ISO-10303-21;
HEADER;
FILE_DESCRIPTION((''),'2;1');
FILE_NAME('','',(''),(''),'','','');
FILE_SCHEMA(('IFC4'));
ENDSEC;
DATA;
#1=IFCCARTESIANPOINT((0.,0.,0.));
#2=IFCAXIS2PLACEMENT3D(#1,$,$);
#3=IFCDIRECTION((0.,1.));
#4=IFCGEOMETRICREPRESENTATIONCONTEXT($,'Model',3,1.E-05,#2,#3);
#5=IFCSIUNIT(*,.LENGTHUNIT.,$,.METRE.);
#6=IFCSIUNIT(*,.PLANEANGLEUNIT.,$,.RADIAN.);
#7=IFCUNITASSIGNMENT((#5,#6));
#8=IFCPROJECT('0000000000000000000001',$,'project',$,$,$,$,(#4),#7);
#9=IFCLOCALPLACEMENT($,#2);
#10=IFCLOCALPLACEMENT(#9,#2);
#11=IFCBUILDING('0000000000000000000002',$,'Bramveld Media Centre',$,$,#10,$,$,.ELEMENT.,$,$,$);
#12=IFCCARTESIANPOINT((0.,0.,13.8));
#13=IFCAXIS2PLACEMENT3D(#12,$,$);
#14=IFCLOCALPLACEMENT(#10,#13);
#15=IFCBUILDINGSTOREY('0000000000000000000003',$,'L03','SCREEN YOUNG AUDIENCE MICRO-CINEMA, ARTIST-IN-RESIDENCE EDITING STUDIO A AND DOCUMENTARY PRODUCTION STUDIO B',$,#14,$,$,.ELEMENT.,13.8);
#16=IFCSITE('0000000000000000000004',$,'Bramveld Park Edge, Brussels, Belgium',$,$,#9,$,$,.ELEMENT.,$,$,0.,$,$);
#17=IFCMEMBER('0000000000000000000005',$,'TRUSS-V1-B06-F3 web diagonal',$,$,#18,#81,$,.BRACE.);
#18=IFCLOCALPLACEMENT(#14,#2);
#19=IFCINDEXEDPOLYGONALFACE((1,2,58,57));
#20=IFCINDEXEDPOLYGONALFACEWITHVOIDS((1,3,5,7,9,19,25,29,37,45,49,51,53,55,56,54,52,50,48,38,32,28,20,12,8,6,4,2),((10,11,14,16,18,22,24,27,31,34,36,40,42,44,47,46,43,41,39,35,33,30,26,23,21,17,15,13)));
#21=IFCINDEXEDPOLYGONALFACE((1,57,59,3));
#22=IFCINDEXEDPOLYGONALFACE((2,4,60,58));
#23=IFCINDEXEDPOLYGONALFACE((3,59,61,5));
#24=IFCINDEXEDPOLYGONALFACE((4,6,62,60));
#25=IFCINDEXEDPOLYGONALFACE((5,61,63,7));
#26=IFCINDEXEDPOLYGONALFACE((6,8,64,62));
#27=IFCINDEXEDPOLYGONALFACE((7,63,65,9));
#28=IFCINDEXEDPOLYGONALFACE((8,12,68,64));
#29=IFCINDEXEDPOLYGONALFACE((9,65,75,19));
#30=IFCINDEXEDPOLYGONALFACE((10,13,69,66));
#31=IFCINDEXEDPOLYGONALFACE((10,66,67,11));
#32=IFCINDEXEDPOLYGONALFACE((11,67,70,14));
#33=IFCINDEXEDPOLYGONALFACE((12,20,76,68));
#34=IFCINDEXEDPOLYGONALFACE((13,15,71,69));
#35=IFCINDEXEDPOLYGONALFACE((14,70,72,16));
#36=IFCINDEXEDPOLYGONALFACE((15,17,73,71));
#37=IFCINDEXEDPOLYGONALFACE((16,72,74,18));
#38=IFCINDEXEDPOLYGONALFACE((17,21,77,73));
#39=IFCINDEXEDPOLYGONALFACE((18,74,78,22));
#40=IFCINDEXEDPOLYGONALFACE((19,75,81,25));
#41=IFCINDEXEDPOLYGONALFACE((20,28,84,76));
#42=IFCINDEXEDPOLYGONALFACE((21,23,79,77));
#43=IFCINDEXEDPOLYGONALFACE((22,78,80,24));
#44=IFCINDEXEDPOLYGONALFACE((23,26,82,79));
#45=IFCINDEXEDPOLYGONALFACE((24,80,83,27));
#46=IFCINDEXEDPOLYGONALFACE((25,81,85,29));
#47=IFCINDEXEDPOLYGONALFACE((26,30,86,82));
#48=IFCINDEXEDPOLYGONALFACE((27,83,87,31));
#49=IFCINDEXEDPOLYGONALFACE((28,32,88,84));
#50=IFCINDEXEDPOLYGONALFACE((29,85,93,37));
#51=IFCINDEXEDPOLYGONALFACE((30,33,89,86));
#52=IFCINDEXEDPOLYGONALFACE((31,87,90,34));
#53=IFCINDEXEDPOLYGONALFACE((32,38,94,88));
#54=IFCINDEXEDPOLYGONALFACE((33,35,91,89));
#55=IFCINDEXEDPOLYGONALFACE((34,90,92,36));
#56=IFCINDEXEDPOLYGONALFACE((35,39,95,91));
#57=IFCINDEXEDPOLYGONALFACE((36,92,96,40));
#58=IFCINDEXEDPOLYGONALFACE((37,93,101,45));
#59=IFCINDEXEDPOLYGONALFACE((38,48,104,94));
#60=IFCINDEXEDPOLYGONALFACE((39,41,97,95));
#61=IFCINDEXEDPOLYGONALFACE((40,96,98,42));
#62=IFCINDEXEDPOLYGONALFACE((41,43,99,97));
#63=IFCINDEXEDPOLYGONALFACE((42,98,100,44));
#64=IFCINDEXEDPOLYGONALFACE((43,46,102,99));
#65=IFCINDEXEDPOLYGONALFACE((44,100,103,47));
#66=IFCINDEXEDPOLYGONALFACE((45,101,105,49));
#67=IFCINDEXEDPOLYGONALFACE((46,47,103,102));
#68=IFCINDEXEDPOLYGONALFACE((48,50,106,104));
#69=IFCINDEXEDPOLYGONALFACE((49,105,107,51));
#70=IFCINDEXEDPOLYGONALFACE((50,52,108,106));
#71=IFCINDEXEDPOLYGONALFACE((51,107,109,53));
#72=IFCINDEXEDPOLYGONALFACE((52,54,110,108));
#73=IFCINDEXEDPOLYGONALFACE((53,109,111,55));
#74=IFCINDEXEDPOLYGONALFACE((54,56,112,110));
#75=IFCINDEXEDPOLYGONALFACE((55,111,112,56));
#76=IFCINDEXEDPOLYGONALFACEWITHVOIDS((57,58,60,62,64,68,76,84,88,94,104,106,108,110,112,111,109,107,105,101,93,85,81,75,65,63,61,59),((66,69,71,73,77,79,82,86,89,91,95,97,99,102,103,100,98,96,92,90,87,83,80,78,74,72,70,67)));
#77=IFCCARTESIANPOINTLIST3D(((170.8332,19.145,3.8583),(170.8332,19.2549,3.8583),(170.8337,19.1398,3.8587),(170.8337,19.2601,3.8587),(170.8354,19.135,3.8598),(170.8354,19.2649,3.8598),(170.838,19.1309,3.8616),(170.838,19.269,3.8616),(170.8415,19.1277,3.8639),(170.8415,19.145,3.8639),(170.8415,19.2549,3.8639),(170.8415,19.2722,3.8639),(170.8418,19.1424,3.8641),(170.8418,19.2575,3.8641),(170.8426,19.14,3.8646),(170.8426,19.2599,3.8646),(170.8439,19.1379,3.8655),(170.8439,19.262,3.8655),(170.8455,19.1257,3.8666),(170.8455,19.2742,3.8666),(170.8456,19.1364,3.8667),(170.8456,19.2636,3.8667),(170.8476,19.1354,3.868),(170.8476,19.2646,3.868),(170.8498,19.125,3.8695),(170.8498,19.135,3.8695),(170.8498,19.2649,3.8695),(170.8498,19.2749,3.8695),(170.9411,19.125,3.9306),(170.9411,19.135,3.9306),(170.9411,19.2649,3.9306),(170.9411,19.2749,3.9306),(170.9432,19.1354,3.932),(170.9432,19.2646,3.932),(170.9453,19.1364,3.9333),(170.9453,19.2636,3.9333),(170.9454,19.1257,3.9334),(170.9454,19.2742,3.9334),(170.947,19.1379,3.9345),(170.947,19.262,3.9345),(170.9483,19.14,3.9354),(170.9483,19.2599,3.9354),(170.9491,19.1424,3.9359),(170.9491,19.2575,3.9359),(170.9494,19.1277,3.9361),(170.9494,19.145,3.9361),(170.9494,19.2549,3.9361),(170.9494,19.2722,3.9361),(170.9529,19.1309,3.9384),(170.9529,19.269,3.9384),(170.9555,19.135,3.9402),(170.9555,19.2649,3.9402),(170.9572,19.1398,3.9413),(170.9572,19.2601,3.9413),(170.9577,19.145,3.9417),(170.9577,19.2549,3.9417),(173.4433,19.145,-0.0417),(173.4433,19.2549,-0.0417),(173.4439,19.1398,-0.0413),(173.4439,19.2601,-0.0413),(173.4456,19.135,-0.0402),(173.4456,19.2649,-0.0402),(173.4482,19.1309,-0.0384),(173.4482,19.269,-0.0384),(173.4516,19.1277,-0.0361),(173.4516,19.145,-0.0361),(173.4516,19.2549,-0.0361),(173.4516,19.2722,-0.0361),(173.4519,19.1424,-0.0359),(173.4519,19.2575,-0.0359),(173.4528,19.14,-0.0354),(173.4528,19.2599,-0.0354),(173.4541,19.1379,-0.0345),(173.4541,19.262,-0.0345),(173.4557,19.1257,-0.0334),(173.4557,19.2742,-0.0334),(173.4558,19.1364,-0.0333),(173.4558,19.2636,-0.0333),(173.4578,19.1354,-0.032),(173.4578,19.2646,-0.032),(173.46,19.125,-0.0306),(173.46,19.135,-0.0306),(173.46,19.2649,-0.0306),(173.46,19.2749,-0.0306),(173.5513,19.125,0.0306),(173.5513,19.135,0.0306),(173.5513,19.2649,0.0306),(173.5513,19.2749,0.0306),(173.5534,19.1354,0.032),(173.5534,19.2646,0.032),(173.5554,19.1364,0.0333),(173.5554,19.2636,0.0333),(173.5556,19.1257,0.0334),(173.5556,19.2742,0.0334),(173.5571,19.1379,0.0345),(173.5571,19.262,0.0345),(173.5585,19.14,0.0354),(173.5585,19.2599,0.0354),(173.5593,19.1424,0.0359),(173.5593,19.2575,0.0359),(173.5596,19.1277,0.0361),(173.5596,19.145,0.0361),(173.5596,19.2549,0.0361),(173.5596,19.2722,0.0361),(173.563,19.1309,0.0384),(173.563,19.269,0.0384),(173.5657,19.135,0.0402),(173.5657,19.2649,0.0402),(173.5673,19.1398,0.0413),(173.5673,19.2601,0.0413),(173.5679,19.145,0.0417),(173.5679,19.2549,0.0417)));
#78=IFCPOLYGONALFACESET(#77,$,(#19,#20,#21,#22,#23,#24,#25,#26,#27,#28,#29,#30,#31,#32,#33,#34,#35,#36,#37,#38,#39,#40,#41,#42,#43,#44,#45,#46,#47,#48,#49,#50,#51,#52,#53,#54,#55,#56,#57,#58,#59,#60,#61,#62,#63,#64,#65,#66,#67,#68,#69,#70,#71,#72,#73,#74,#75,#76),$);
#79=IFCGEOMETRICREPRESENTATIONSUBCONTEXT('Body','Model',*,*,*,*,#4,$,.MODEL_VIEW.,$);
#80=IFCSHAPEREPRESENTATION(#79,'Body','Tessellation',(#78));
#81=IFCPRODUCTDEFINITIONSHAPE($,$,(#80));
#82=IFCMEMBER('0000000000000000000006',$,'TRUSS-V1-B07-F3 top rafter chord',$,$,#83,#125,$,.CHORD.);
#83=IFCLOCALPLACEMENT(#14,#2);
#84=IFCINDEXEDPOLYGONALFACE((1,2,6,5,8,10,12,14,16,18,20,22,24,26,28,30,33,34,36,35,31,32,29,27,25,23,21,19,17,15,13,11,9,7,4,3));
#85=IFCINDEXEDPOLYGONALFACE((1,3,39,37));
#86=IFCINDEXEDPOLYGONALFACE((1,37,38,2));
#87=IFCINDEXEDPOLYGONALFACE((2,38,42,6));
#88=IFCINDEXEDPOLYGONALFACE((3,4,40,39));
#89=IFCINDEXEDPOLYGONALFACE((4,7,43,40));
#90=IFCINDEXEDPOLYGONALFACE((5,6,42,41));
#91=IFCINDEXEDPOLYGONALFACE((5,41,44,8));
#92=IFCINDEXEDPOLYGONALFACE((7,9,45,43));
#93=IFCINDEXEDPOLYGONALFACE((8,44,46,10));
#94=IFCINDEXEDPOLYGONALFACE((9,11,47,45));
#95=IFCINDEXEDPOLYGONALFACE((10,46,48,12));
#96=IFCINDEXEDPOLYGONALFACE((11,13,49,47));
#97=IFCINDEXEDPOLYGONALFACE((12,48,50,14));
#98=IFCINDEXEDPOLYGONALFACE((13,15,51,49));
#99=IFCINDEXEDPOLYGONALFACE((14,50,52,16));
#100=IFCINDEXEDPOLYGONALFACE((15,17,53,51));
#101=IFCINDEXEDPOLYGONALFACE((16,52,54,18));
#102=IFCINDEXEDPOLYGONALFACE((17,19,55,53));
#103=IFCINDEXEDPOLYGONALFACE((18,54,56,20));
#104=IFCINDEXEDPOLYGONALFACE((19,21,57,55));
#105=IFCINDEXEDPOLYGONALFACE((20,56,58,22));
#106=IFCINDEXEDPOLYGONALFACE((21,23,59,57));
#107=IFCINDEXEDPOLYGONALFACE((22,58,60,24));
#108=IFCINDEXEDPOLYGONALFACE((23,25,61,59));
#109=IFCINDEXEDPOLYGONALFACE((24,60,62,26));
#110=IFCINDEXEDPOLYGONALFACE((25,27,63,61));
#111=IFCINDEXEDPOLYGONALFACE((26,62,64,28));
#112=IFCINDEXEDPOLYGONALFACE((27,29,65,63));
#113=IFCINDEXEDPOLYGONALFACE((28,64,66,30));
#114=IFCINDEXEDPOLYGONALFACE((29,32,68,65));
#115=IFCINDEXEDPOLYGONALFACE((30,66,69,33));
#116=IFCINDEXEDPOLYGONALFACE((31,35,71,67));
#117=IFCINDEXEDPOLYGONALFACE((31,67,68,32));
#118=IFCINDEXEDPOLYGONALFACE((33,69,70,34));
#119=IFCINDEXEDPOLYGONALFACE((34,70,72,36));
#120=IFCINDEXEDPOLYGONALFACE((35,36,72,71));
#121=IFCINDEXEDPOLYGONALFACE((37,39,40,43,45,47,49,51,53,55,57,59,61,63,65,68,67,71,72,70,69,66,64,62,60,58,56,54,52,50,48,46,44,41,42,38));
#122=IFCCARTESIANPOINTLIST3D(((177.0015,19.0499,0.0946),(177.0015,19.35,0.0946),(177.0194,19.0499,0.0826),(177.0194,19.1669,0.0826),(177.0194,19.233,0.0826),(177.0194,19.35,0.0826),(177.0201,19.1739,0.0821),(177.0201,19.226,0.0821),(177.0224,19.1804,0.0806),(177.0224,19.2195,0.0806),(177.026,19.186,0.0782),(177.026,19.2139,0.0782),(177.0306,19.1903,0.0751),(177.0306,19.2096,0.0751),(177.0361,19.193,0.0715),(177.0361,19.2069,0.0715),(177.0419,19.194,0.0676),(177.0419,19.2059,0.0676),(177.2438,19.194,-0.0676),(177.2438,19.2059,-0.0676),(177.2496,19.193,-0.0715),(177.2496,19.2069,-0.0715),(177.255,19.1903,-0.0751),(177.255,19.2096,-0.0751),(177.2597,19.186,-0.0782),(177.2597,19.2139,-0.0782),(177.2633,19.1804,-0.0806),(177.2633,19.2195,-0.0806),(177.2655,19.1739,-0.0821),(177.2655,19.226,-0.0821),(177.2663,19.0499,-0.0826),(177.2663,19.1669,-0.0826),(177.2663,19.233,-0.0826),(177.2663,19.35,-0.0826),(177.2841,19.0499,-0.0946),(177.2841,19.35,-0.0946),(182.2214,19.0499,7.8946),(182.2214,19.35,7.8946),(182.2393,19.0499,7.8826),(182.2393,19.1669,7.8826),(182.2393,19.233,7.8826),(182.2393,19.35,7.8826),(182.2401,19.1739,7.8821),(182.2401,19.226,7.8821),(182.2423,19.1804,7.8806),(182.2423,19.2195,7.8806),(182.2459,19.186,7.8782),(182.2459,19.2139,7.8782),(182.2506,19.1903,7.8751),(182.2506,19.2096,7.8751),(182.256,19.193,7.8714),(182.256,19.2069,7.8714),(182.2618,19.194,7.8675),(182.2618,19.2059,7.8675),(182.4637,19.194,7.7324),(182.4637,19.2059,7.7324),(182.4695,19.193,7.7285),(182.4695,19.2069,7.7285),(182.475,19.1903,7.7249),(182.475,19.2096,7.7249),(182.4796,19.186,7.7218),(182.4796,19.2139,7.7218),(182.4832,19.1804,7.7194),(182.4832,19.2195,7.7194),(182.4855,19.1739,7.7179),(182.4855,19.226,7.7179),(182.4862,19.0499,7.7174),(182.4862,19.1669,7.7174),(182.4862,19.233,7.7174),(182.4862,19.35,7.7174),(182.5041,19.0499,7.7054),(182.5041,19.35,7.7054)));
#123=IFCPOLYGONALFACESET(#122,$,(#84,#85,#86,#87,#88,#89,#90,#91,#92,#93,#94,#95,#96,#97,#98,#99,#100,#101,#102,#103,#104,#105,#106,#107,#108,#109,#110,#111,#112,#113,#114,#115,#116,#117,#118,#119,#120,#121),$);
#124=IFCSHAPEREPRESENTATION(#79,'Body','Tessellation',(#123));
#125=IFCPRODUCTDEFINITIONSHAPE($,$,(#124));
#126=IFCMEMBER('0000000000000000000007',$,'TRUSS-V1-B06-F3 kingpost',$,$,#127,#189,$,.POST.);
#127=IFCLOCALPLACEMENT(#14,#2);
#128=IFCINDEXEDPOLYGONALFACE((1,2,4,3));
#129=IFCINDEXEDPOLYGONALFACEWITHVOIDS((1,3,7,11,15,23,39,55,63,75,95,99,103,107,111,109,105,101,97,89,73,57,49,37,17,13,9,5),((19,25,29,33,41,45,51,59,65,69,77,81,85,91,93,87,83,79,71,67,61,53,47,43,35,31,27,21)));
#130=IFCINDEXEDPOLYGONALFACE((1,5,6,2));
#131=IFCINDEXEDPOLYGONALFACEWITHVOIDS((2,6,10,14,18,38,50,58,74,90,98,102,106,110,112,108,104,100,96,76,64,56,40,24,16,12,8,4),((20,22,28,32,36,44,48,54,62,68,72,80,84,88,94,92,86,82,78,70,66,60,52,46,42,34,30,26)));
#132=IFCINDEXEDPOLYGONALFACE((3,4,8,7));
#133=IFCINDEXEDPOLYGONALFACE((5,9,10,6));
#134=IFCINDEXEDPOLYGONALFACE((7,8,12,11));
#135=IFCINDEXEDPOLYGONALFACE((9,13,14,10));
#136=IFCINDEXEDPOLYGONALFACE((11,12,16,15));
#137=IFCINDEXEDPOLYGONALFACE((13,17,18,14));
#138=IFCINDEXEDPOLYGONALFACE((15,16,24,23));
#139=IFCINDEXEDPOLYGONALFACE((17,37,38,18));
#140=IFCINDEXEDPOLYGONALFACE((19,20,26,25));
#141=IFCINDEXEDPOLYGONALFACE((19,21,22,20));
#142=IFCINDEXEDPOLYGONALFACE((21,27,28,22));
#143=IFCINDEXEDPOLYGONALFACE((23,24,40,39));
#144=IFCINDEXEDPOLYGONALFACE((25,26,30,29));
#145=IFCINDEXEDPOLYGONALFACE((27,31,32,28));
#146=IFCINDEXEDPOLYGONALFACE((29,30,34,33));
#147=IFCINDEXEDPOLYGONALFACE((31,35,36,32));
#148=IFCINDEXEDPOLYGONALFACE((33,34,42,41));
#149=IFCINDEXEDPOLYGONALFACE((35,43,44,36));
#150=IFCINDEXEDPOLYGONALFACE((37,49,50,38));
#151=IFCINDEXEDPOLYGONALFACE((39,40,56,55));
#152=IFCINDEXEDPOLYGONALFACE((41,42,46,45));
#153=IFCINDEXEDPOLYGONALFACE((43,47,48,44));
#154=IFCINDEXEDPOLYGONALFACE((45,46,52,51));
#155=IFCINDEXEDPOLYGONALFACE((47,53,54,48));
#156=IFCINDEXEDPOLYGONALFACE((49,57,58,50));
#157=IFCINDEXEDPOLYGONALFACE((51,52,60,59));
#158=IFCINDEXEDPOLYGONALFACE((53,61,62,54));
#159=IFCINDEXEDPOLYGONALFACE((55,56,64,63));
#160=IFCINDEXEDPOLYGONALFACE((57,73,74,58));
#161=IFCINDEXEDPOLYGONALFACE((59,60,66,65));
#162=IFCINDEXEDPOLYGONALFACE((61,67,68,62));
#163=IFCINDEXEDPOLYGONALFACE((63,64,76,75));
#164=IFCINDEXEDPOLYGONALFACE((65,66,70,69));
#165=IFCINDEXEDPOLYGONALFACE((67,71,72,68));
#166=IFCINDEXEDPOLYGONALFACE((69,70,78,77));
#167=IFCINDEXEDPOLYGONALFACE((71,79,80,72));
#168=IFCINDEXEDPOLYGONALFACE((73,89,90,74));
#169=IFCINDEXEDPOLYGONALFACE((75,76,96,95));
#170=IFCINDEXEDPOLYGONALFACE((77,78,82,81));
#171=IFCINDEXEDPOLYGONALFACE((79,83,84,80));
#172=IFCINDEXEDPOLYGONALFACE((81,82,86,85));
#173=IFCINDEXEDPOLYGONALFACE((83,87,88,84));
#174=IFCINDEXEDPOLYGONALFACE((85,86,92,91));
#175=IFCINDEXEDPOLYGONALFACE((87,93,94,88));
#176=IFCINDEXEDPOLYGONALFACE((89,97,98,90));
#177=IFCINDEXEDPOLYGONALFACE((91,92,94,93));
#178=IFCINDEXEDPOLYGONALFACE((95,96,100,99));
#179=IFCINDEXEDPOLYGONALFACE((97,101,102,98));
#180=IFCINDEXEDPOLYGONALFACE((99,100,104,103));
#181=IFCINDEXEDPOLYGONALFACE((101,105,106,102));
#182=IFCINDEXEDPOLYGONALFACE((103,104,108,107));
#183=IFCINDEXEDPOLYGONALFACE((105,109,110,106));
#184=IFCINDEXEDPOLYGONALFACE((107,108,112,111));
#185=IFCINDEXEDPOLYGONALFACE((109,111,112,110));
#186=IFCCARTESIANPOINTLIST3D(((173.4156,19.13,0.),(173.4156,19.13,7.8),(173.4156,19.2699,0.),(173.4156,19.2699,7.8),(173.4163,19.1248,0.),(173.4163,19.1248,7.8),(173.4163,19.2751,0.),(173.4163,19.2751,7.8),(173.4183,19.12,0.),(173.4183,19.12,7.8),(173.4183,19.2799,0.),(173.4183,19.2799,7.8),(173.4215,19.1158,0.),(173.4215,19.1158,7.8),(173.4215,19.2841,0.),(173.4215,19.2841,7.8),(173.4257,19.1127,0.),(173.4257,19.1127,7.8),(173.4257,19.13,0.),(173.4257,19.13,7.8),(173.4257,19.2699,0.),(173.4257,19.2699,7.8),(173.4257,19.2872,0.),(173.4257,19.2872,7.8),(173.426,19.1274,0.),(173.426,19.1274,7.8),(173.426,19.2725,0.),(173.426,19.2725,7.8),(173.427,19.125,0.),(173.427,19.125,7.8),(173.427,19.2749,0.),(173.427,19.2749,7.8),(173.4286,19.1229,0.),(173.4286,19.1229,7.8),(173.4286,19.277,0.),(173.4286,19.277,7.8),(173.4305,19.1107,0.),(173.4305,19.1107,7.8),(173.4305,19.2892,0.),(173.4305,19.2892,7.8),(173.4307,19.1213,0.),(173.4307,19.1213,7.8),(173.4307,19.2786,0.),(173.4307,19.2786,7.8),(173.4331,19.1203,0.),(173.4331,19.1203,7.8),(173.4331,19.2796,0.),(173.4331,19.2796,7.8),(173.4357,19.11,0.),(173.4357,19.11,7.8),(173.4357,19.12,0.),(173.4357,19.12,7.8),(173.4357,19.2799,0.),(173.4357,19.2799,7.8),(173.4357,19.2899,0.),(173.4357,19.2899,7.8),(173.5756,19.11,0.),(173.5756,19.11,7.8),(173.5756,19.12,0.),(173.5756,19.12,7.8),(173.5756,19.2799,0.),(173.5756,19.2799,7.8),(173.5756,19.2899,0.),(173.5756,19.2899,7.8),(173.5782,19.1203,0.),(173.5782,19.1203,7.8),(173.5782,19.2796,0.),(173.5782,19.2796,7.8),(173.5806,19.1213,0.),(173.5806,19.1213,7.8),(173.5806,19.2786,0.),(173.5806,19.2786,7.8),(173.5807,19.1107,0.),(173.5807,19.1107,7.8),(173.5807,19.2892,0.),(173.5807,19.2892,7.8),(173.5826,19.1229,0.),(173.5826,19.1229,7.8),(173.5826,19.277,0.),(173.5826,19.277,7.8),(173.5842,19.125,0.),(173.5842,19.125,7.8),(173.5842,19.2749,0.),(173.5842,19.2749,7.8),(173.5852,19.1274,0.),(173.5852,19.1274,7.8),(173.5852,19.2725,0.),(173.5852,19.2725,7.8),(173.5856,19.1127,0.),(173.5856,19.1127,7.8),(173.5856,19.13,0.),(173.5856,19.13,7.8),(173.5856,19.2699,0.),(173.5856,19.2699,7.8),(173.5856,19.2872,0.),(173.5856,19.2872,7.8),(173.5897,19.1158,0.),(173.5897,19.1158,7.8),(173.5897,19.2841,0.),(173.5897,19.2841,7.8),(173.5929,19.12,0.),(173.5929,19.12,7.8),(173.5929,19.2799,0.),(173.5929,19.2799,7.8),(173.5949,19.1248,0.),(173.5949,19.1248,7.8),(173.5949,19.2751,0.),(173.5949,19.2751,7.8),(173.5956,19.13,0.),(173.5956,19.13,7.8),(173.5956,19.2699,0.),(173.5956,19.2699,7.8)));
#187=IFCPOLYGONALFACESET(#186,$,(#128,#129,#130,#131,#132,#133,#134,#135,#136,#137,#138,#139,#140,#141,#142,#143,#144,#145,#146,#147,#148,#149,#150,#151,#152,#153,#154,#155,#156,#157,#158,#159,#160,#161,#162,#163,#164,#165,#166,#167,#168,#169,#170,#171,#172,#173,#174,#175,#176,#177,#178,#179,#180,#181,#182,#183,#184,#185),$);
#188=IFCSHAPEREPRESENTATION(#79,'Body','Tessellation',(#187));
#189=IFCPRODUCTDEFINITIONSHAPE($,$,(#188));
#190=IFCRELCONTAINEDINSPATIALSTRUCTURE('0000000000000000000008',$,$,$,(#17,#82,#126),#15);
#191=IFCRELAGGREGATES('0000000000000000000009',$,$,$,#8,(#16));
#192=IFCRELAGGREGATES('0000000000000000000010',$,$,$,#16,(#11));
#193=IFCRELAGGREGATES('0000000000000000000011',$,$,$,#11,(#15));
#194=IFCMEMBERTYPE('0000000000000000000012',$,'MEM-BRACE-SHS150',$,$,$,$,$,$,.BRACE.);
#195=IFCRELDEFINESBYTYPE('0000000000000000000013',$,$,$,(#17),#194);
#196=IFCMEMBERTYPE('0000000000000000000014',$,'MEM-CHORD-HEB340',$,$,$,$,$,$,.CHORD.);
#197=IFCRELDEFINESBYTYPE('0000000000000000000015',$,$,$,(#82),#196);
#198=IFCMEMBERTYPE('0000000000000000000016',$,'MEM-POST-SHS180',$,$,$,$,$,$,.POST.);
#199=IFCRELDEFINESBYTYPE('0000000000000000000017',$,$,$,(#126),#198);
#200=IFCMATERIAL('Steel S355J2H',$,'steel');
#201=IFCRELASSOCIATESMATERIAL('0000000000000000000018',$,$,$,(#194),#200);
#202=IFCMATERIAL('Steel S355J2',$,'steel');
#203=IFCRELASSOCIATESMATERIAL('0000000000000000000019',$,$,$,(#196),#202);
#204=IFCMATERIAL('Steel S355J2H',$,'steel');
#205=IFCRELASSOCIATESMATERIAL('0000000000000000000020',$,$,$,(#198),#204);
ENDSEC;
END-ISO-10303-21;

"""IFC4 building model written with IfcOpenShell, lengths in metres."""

from ifc_helpers import new_model, si_unit, direction, frame, origin, origin_2d, place, context, subcontext, project, spatial, hollow_rectangle, i_section, extrude, material, material_profile, profile_set, type_object, element, save


model = new_model("IFC4")

# Units and contexts
model_context = context("Model", 3, precision=1e-05, world=origin(), true_north=direction((0.0, 1.0)))
body_context = subcontext(model_context, "Body", "Model", "MODEL_VIEW")
ifc_project = project(units=[si_unit("LENGTHUNIT", "METRE"), si_unit("PLANEANGLEUNIT", "RADIAN")], contexts=[model_context])

# Site, building, storey
site_placement = place(None, origin())
site = spatial("IfcSite", under=ifc_project, at=site_placement, Name="Bramveld Park Edge, Brussels, Belgium", CompositionType="ELEMENT", RefElevation=0.0)
building_placement = place(site_placement, origin())
building = spatial("IfcBuilding", under=site, at=building_placement, Name="Bramveld Media Centre", CompositionType="ELEMENT")
storey_placement = place(building_placement, frame((0.0, 0.0, 13.8)))
storey = spatial("IfcBuildingStorey", under=building, at=storey_placement, Name="L03", Description="SCREEN YOUNG AUDIENCE MICRO-CINEMA, ARTIST-IN-RESIDENCE EDITING STUDIO A AND DOCUMENTARY PRODUCTION STUDIO B", CompositionType="ELEMENT", Elevation=13.8)

# Members
ifc_material_1 = material(Name="Steel S355J2H", Category="steel")
ifc_material_profile_1 = material_profile(ifc_material_1, hollow_rectangle(XDim=0.1499, YDim=0.1499, WallThickness=0.01, InnerFilletRadius=0.01, OuterFilletRadius=0.02, at=origin_2d()), Name="SHS 150x150x10")
ifc_profile_set_1 = profile_set([ifc_material_profile_1], Name="Steel S355J2H")
member_type_1 = type_object("IfcMemberType", Name="MEM-BRACE-SHS150", PredefinedType="BRACE", material=ifc_profile_set_1)
member_1_placement = place(storey_placement, frame((173.5056, 19.2, 0.0), z_axis=(-0.5562, 0.0, 0.831048), x_axis=(0.0, -1.0, 0.0)))
element("IfcMember", 1, at=member_1_placement, inside=storey, type_object=member_type_1, Name="TRUSS-V1-B06-F3 web diagonal", PredefinedType="BRACE", context=body_context, shape_type="SweptSolid", body=[
    extrude(hollow_rectangle(XDim=0.1499, YDim=0.1499, WallThickness=0.01, InnerFilletRadius=0.01, OuterFilletRadius=0.02, at=origin_2d()), origin(), (0.0, 0.0, 1.0), 4.6929),
])
ifc_material_2 = material(Name="Steel S355J2", Category="steel")
ifc_material_profile_2 = material_profile(ifc_material_2, i_section(OverallWidth=0.3, OverallDepth=0.3401, WebThickness=0.012, FlangeThickness=0.0215, FilletRadius=0.0271, at=origin_2d()), Name="HEB 340")
ifc_profile_set_2 = profile_set([ifc_material_profile_2], Name="Steel S355J2")
member_type_2 = type_object("IfcMemberType", Name="MEM-CHORD-HEB340", PredefinedType="CHORD", material=ifc_profile_set_2)
member_2_placement = place(storey_placement, frame((177.1428, 19.2, 0.0), z_axis=(0.55617, 0.0, 0.831069), x_axis=(0.0, 1.0, 0.0)))
element("IfcMember", 2, at=member_2_placement, inside=storey, type_object=member_type_2, Name="TRUSS-V1-B07-F3 top rafter chord", PredefinedType="CHORD", context=body_context, shape_type="SweptSolid", body=[
    extrude(i_section(OverallWidth=0.3, OverallDepth=0.3401, WebThickness=0.012, FlangeThickness=0.0215, FilletRadius=0.0271, at=origin_2d()), origin(), (0.0, 0.0, 1.0), 9.3855),
])
ifc_material_3 = material(Name="Steel S355J2H", Category="steel")
ifc_material_profile_3 = material_profile(ifc_material_3, hollow_rectangle(XDim=0.1799, YDim=0.1799, WallThickness=0.01, InnerFilletRadius=0.01, OuterFilletRadius=0.02, at=origin_2d()), Name="SHS 180x180x10")
ifc_profile_set_3 = profile_set([ifc_material_profile_3], Name="Steel S355J2H")
member_type_3 = type_object("IfcMemberType", Name="MEM-POST-SHS180", PredefinedType="POST", material=ifc_profile_set_3)
member_3_placement = place(storey_placement, frame((173.5056, 19.2, 0.0), z_axis=(0.0, 0.0, 1.0), x_axis=(1.0, 0.0, 0.0)))
element("IfcMember", 3, at=member_3_placement, inside=storey, type_object=member_type_3, Name="TRUSS-V1-B06-F3 kingpost", PredefinedType="POST", context=body_context, shape_type="SweptSolid", body=[
    extrude(hollow_rectangle(XDim=0.1799, YDim=0.1799, WallThickness=0.01, InnerFilletRadius=0.01, OuterFilletRadius=0.02, at=origin_2d()), origin(), (0.0, 0.0, 1.0), 7.8),
])

save(model, "model.ifc")
